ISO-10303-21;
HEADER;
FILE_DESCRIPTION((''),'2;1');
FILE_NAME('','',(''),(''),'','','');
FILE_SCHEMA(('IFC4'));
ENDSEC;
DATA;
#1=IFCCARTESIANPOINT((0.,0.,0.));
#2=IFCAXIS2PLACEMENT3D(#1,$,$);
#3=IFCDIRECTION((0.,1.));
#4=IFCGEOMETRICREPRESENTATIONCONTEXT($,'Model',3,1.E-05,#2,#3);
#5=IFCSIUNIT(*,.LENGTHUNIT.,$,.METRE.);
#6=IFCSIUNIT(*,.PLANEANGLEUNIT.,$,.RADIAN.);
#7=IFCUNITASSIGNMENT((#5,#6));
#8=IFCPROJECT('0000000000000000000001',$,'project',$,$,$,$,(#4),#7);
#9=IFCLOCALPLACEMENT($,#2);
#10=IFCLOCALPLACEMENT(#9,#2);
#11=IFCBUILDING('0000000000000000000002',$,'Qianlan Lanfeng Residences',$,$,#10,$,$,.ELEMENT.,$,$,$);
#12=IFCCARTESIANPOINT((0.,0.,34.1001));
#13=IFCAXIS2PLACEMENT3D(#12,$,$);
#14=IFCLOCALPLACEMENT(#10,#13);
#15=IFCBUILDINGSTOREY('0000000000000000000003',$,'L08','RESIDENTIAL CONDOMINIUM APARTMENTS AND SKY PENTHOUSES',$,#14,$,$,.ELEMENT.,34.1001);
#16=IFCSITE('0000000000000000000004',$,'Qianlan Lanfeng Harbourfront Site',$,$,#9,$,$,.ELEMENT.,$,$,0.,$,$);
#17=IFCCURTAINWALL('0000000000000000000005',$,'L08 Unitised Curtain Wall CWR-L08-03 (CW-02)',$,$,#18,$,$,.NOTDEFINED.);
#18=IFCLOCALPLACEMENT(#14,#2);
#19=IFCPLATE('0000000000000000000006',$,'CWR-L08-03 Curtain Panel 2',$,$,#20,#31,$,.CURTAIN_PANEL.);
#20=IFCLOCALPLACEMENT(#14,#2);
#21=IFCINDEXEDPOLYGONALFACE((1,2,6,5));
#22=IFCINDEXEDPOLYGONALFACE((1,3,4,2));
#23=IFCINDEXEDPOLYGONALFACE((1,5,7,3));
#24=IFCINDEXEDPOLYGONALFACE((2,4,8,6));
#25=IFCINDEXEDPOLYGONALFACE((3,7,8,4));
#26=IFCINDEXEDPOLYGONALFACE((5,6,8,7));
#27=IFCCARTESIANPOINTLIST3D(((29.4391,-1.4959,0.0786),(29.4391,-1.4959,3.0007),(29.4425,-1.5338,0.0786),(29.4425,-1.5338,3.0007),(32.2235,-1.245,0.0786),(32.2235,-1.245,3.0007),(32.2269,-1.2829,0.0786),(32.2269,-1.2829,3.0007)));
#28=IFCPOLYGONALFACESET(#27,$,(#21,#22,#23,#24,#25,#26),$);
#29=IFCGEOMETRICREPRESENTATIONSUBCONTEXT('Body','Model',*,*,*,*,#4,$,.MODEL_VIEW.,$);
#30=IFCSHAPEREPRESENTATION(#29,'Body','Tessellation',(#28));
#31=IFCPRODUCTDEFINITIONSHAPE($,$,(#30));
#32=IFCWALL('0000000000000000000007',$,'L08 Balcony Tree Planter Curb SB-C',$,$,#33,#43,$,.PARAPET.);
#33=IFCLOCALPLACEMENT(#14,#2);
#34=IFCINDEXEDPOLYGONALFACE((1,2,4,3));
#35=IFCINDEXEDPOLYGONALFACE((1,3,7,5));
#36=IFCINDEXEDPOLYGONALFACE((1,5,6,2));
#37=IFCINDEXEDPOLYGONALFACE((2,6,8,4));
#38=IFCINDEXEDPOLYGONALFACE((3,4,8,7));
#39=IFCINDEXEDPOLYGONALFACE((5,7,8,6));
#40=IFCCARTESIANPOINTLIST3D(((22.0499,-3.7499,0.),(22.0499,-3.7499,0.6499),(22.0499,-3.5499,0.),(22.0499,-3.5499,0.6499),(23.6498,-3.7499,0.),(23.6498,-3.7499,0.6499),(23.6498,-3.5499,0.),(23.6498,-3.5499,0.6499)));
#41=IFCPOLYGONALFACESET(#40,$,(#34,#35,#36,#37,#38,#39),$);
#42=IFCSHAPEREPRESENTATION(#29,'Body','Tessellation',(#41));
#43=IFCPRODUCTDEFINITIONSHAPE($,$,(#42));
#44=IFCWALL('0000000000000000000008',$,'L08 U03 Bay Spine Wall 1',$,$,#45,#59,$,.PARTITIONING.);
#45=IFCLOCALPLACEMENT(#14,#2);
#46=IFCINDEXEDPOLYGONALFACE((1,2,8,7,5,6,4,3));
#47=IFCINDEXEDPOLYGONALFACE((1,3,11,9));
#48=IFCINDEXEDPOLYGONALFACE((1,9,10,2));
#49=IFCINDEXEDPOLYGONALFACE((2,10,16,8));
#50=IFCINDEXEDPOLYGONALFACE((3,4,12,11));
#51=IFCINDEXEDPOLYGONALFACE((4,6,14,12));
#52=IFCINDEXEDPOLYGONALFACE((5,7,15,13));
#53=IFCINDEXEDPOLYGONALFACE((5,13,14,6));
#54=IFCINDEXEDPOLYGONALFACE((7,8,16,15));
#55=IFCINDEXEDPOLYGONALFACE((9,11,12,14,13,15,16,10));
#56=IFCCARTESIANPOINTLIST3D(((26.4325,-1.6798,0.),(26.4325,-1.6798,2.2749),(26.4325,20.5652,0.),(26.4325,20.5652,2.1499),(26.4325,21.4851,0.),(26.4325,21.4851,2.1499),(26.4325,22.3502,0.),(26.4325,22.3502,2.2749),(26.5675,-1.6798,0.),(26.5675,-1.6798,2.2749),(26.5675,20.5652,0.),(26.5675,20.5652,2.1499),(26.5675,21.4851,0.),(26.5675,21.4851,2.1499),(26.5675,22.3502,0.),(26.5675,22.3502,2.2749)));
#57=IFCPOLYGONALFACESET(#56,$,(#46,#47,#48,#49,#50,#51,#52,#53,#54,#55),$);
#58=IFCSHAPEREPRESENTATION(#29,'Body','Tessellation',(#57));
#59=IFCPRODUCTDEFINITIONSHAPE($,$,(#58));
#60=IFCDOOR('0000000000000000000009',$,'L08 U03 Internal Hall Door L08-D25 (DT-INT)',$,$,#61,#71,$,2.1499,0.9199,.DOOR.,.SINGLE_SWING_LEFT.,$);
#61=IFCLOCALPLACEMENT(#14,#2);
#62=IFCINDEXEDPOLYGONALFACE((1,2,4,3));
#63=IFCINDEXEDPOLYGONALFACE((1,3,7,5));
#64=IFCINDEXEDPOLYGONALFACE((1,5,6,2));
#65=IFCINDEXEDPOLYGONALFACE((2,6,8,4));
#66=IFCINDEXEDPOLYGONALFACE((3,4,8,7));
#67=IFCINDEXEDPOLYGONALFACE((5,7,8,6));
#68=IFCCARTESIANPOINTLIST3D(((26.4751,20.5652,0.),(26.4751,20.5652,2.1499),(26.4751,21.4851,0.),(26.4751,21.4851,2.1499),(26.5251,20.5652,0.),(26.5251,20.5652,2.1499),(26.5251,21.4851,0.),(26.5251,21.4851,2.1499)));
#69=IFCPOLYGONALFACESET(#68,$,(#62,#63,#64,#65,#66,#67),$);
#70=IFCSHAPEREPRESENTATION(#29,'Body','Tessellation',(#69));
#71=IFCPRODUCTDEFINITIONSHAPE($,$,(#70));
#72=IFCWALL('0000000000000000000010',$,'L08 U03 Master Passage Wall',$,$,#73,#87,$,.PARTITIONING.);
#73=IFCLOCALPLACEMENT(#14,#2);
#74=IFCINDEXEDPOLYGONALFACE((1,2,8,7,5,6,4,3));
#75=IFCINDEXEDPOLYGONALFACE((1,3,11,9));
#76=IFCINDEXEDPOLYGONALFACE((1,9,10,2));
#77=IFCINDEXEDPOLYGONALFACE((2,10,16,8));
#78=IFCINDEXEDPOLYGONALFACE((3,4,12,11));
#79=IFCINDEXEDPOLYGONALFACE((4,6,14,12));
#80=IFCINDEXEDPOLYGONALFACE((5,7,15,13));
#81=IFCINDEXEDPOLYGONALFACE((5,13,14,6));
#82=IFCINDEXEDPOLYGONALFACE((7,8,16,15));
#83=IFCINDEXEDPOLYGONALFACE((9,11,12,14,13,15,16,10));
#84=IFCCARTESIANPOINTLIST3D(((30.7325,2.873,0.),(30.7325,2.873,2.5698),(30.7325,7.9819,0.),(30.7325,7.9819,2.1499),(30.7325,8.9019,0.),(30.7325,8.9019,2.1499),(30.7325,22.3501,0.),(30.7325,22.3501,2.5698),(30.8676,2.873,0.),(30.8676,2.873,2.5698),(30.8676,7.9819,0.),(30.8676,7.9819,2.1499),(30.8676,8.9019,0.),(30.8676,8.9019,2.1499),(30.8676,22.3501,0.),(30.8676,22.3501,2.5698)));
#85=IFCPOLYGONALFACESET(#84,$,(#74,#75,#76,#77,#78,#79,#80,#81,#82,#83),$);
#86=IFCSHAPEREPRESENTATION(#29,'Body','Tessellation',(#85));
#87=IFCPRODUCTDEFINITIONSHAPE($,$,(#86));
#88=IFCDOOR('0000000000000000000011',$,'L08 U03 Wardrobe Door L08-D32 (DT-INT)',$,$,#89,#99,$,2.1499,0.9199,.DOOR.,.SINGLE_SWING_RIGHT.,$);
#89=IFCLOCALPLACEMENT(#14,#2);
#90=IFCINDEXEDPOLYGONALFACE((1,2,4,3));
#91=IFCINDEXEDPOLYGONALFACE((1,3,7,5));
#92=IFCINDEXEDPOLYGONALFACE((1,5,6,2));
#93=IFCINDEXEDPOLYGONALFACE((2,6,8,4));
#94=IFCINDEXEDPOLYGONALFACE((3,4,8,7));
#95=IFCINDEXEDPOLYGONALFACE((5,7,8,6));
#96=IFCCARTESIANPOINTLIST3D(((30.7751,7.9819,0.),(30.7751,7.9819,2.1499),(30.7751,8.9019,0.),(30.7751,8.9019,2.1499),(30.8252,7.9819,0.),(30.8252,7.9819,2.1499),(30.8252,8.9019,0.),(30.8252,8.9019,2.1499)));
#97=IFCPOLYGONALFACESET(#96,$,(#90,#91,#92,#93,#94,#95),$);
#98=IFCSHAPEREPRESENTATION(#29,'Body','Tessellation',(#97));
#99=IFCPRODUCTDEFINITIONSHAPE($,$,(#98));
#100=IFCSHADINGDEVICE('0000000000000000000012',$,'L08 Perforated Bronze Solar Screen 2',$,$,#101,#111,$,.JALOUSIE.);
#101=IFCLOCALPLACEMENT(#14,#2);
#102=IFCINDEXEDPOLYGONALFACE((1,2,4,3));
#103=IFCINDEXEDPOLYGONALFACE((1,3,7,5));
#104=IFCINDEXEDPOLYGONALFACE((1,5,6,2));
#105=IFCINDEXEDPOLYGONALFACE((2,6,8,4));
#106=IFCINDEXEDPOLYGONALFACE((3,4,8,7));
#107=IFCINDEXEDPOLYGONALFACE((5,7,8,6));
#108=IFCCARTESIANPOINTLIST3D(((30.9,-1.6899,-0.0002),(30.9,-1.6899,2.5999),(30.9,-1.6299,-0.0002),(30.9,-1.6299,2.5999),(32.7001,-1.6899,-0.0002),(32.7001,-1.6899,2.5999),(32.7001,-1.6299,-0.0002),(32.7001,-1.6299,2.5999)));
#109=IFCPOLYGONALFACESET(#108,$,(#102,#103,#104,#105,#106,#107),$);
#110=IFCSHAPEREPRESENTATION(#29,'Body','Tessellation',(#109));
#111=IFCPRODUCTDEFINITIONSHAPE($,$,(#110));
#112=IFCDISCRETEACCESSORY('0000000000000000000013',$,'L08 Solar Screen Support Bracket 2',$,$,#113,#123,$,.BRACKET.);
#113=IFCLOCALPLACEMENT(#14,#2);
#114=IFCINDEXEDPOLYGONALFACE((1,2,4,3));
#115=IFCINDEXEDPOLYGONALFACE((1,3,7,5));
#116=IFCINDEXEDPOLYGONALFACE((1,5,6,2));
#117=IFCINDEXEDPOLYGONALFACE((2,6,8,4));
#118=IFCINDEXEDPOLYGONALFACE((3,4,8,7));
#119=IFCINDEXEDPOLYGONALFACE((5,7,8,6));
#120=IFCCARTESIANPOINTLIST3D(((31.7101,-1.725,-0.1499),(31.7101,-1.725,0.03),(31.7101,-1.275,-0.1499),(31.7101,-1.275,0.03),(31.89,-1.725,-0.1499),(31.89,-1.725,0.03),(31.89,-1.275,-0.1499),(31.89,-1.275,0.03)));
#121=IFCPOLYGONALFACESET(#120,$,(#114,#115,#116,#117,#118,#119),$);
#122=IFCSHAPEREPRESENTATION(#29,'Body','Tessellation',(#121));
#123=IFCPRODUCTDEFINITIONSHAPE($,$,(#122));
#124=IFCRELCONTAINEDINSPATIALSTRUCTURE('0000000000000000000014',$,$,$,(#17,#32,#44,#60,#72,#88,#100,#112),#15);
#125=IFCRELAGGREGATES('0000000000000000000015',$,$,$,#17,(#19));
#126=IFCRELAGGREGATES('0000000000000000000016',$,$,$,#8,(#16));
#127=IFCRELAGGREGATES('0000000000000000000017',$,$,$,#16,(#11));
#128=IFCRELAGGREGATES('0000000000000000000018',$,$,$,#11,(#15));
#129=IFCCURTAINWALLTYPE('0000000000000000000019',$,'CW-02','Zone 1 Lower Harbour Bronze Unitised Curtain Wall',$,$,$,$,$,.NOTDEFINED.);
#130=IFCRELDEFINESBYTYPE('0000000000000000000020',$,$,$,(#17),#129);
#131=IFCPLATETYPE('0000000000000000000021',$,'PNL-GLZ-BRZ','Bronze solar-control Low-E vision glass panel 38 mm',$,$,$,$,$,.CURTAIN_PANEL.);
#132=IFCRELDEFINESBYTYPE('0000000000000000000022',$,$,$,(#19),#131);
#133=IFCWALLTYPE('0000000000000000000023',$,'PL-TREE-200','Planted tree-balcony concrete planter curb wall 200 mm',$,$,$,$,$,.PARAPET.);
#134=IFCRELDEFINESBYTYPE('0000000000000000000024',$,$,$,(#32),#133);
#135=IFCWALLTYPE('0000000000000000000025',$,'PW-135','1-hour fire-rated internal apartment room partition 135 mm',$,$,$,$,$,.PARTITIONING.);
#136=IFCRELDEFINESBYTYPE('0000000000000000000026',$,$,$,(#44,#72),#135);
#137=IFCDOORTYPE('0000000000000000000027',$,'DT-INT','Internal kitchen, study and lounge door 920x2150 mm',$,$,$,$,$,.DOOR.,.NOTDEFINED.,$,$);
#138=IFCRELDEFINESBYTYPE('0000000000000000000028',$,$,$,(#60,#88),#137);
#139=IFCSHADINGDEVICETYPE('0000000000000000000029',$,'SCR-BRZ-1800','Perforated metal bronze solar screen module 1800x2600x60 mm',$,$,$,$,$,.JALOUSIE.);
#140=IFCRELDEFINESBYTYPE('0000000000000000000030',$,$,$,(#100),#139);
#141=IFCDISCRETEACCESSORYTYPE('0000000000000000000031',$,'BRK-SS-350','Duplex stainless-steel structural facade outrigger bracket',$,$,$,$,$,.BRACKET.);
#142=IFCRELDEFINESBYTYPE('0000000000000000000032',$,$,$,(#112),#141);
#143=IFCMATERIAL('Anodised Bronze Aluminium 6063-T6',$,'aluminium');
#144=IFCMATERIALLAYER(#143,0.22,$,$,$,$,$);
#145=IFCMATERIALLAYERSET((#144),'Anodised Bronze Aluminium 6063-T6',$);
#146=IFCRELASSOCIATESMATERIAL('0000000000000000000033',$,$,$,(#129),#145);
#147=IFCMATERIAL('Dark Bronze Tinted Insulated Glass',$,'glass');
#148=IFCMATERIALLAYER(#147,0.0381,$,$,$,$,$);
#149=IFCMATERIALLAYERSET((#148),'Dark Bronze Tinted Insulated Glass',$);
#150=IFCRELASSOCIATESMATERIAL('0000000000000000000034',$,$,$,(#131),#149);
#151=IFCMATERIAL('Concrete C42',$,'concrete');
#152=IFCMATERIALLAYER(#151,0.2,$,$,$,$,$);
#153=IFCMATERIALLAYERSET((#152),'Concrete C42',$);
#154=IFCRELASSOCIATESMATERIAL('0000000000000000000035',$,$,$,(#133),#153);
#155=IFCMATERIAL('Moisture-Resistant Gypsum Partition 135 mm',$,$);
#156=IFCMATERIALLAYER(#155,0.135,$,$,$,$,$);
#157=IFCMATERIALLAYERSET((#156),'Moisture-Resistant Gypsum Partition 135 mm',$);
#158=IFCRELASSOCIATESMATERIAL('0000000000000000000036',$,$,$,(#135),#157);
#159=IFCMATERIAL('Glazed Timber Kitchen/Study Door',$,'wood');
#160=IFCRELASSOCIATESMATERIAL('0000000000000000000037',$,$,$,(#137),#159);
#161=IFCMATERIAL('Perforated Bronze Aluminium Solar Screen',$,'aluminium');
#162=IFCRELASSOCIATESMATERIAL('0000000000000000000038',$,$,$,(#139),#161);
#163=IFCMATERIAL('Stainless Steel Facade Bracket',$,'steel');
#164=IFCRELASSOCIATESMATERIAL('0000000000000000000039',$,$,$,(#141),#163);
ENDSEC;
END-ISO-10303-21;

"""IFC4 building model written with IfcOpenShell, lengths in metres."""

from ifc_helpers import new_model, si_unit, direction, frame, frame_2d, origin, origin_2d, place, context, subcontext, project, spatial, rectangle, extrude, source, transform, mapped, material, layer, layer_set, type_object, element, fill, aggregate, save


model = new_model("IFC4")

# Units and contexts
model_context = context("Model", 3, precision=1e-05, world=origin(), true_north=direction((0.0, 1.0)))
body_context = subcontext(model_context, "Body", "Model", "MODEL_VIEW")
ifc_project = project(units=[si_unit("LENGTHUNIT", "METRE"), si_unit("PLANEANGLEUNIT", "RADIAN")], contexts=[model_context])

# Site, building, storey
site_placement = place(None, origin())
site = spatial("IfcSite", under=ifc_project, at=site_placement, Name="Qianlan Lanfeng Harbourfront Site", CompositionType="ELEMENT", RefElevation=0.0)
building_placement = place(site_placement, origin())
building = spatial("IfcBuilding", under=site, at=building_placement, Name="Qianlan Lanfeng Residences", CompositionType="ELEMENT")
storey_placement = place(building_placement, frame((0.0, 0.0, 34.1001)))
storey = spatial("IfcBuildingStorey", under=building, at=storey_placement, Name="L08", Description="RESIDENTIAL CONDOMINIUM APARTMENTS AND SKY PENTHOUSES", CompositionType="ELEMENT", Elevation=34.1001)

# Curtain wall
ifc_material_1 = material(Name="Anodised Bronze Aluminium 6063-T6", Category="aluminium")
ifc_layer_1 = layer(ifc_material_1, 0.22)
ifc_layer_set_1 = layer_set([ifc_layer_1], Name="Anodised Bronze Aluminium 6063-T6")
curtain_wall_type = type_object("IfcCurtainWallType", Name="CW-02", Description="Zone 1 Lower Harbour Bronze Unitised Curtain Wall", PredefinedType="NOTDEFINED", material=ifc_layer_set_1)
curtain_wall_1_placement = place(storey_placement, origin())
curtain_wall_1 = element("IfcCurtainWall", 1, at=curtain_wall_1_placement, inside=storey, type_object=curtain_wall_type, Name="L08 Unitised Curtain Wall CWR-L08-03 (CW-02)", PredefinedType="NOTDEFINED")

# Plate
ifc_material_2 = material(Name="Dark Bronze Tinted Insulated Glass", Category="glass")
ifc_layer_2 = layer(ifc_material_2, 0.0381)
ifc_layer_set_2 = layer_set([ifc_layer_2], Name="Dark Bronze Tinted Insulated Glass")
plate_type = type_object("IfcPlateType", Name="PNL-GLZ-BRZ", Description="Bronze solar-control Low-E vision glass panel 38 mm", PredefinedType="CURTAIN_PANEL", material=ifc_layer_set_2)
shared_shape_1 = source(origin(), body_context, "Body", "SweptSolid", [
    extrude(rectangle(XDim=2.7957, YDim=0.0381, at=origin_2d()), origin(), (0.0, 0.0, 1.0), 2.9221),
])
plate_1_placement = place(storey_placement, frame((30.833, -1.3894, 0.0786), z_axis=(0.0, 0.0, 1.0), x_axis=(0.995965, 0.089746, 0.0)))
plate_1 = element("IfcPlate", 2, at=plate_1_placement, type_object=plate_type, Name="CWR-L08-03 Curtain Panel 2", PredefinedType="CURTAIN_PANEL", context=body_context, shape_type="MappedRepresentation", body=[
    mapped(shared_shape_1, transform((0.0, 0.0, 0.0), scale=1.0)),
])
aggregate(curtain_wall_1, [plate_1])

# Wall
ifc_material_3 = material(Name="Concrete C42", Category="concrete")
ifc_layer_3 = layer(ifc_material_3, 0.2)
ifc_layer_set_3 = layer_set([ifc_layer_3], Name="Concrete C42")
wall_type_1 = type_object("IfcWallType", Name="PL-TREE-200", Description="Planted tree-balcony concrete planter curb wall 200 mm", PredefinedType="PARAPET", material=ifc_layer_set_3)
wall_1_placement = place(storey_placement, frame((22.05, -3.6499, 0.0), z_axis=(0.0, 0.0, 1.0), x_axis=(1.0, 0.0, 0.0)))
element("IfcWall", 3, at=wall_1_placement, inside=storey, type_object=wall_type_1, Name="L08 Balcony Tree Planter Curb SB-C", PredefinedType="PARAPET", context=body_context, shape_type="SweptSolid", body=[
    extrude(rectangle(XDim=1.5999, YDim=0.2, at=frame_2d((0.7998, 0.0))), origin(), (0.0, 0.0, 1.0), 0.6499),
])

# Wall, opening, door
ifc_material_4 = material(Name="Moisture-Resistant Gypsum Partition 135 mm")
ifc_layer_4 = layer(ifc_material_4, 0.135)
ifc_layer_set_4 = layer_set([ifc_layer_4], Name="Moisture-Resistant Gypsum Partition 135 mm")
wall_type_2 = type_object("IfcWallType", Name="PW-135", Description="1-hour fire-rated internal apartment room partition 135 mm", PredefinedType="PARTITIONING", material=ifc_layer_set_4)
wall_2_placement = place(storey_placement, frame((26.5, -1.6799, 0.0), z_axis=(0.0, 0.0, 1.0), x_axis=(0.0, 1.0, 0.0)))
wall_2 = element("IfcWall", 4, at=wall_2_placement, inside=storey, type_object=wall_type_2, Name="L08 U03 Bay Spine Wall 1", PredefinedType="PARTITIONING", context=body_context, shape_type="SweptSolid", body=[
    extrude(rectangle(XDim=24.03, YDim=0.135, at=frame_2d((12.0151, 0.0))), origin(), (0.0, 0.0, 1.0), 2.2749),
])
opening_1_placement = place(wall_2_placement, frame((22.2451, 0.0, 0.0)))
opening_1 = element("IfcOpeningElement", 5, at=opening_1_placement, cuts=wall_2, PredefinedType="OPENING", context=body_context, shape_type="SweptSolid", body=[
    extrude(rectangle(XDim=0.9199, YDim=2.1499, at=frame_2d((0.46, 1.075))), frame((0.0, 0.0776, 0.0), z_axis=(0.0, -1.0, 0.0), x_axis=(1.0, 0.0, 0.0)), (0.0, 0.0, 1.0), 0.155),
])
ifc_material_5 = material(Name="Glazed Timber Kitchen/Study Door", Category="wood")
door_type_1 = type_object("IfcDoorType", Name="DT-INT", Description="Internal kitchen, study and lounge door 920x2150 mm", OperationType="NOTDEFINED", PredefinedType="DOOR", material=ifc_material_5)
door_1_placement = place(opening_1_placement, origin())
door_1 = element("IfcDoor", 6, at=door_1_placement, inside=storey, type_object=door_type_1, Name="L08 U03 Internal Hall Door L08-D25 (DT-INT)", OperationType="SINGLE_SWING_LEFT", OverallHeight=2.1499, OverallWidth=0.9199, PredefinedType="DOOR", context=body_context, shape_type="SweptSolid", body=[
    extrude(rectangle(XDim=0.9199, YDim=2.1499, at=frame_2d((0.46, 1.075))), frame((0.0, 0.0249, 0.0), z_axis=(0.0, -1.0, 0.0), x_axis=(1.0, 0.0, 0.0)), (0.0, 0.0, 1.0), 0.05),
])
fill(opening_1, door_1)

# Wall, opening, door
wall_3_placement = place(storey_placement, frame((30.8, 2.873, 0.0), z_axis=(0.0, 0.0, 1.0), x_axis=(0.0, 1.0, 0.0)))
wall_3 = element("IfcWall", 7, at=wall_3_placement, inside=storey, type_object=wall_type_2, Name="L08 U03 Master Passage Wall", PredefinedType="PARTITIONING", context=body_context, shape_type="SweptSolid", body=[
    extrude(rectangle(XDim=19.4771, YDim=0.135, at=frame_2d((9.7385, 0.0))), origin(), (0.0, 0.0, 1.0), 2.5698),
])
opening_2_placement = place(wall_3_placement, frame((5.1089, 0.0, 0.0)))
opening_2 = element("IfcOpeningElement", 8, at=opening_2_placement, cuts=wall_3, PredefinedType="OPENING", context=body_context, shape_type="SweptSolid", body=[
    extrude(rectangle(XDim=0.9199, YDim=2.1499, at=frame_2d((0.46, 1.075))), frame((0.0, 0.0776, 0.0), z_axis=(0.0, -1.0, 0.0), x_axis=(1.0, 0.0, 0.0)), (0.0, 0.0, 1.0), 0.155),
])
door_2_placement = place(opening_2_placement, origin())
door_2 = element("IfcDoor", 9, at=door_2_placement, inside=storey, type_object=door_type_1, Name="L08 U03 Wardrobe Door L08-D32 (DT-INT)", OperationType="SINGLE_SWING_RIGHT", OverallHeight=2.1499, OverallWidth=0.9199, PredefinedType="DOOR", context=body_context, shape_type="SweptSolid", body=[
    extrude(rectangle(XDim=0.9199, YDim=2.1499, at=frame_2d((0.46, 1.075))), frame((0.0, 0.0249, 0.0), z_axis=(0.0, -1.0, 0.0), x_axis=(1.0, 0.0, 0.0)), (0.0, 0.0, 1.0), 0.05),
])
fill(opening_2, door_2)

# Shading device
ifc_material_6 = material(Name="Perforated Bronze Aluminium Solar Screen", Category="aluminium")
shading_device_type = type_object("IfcShadingDeviceType", Name="SCR-BRZ-1800", Description="Perforated metal bronze solar screen module 1800x2600x60 mm", PredefinedType="JALOUSIE", material=ifc_material_6)
shared_shape_2 = source(origin(), body_context, "Body", "SweptSolid", [
    extrude(rectangle(XDim=1.8, YDim=0.0601, at=origin_2d()), origin(), (0.0, 0.0, 1.0), 2.6001),
])
shading_device_placement = place(storey_placement, frame((31.8, -1.6599, -0.0002), z_axis=(0.0, 0.0, 1.0), x_axis=(1.0, 0.0, 0.0)))
element("IfcShadingDevice", 10, at=shading_device_placement, inside=storey, type_object=shading_device_type, Name="L08 Perforated Bronze Solar Screen 2", PredefinedType="JALOUSIE", context=body_context, shape_type="MappedRepresentation", body=[
    mapped(shared_shape_2, transform((0.0, 0.0, 0.0), scale=1.0)),
])

# Discrete accessory
ifc_material_7 = material(Name="Stainless Steel Facade Bracket", Category="steel")
discrete_accessory_type = type_object("IfcDiscreteAccessoryType", Name="BRK-SS-350", Description="Duplex stainless-steel structural facade outrigger bracket", PredefinedType="BRACKET", material=ifc_material_7)
shared_shape_3 = source(origin(), body_context, "Body", "SweptSolid", [
    extrude(rectangle(XDim=0.1799, YDim=0.45, at=origin_2d()), origin(), (0.0, 0.0, 1.0), 0.1799),
])
discrete_accessory_placement = place(storey_placement, frame((31.8, -1.5, -0.1499), z_axis=(0.0, 0.0, 1.0), x_axis=(1.0, 0.0, 0.0)))
element("IfcDiscreteAccessory", 11, at=discrete_accessory_placement, inside=storey, type_object=discrete_accessory_type, Name="L08 Solar Screen Support Bracket 2", PredefinedType="BRACKET", context=body_context, shape_type="MappedRepresentation", body=[
    mapped(shared_shape_3, transform((0.0, 0.0, 0.0), scale=1.0)),
])

save(model, "model.ifc")
